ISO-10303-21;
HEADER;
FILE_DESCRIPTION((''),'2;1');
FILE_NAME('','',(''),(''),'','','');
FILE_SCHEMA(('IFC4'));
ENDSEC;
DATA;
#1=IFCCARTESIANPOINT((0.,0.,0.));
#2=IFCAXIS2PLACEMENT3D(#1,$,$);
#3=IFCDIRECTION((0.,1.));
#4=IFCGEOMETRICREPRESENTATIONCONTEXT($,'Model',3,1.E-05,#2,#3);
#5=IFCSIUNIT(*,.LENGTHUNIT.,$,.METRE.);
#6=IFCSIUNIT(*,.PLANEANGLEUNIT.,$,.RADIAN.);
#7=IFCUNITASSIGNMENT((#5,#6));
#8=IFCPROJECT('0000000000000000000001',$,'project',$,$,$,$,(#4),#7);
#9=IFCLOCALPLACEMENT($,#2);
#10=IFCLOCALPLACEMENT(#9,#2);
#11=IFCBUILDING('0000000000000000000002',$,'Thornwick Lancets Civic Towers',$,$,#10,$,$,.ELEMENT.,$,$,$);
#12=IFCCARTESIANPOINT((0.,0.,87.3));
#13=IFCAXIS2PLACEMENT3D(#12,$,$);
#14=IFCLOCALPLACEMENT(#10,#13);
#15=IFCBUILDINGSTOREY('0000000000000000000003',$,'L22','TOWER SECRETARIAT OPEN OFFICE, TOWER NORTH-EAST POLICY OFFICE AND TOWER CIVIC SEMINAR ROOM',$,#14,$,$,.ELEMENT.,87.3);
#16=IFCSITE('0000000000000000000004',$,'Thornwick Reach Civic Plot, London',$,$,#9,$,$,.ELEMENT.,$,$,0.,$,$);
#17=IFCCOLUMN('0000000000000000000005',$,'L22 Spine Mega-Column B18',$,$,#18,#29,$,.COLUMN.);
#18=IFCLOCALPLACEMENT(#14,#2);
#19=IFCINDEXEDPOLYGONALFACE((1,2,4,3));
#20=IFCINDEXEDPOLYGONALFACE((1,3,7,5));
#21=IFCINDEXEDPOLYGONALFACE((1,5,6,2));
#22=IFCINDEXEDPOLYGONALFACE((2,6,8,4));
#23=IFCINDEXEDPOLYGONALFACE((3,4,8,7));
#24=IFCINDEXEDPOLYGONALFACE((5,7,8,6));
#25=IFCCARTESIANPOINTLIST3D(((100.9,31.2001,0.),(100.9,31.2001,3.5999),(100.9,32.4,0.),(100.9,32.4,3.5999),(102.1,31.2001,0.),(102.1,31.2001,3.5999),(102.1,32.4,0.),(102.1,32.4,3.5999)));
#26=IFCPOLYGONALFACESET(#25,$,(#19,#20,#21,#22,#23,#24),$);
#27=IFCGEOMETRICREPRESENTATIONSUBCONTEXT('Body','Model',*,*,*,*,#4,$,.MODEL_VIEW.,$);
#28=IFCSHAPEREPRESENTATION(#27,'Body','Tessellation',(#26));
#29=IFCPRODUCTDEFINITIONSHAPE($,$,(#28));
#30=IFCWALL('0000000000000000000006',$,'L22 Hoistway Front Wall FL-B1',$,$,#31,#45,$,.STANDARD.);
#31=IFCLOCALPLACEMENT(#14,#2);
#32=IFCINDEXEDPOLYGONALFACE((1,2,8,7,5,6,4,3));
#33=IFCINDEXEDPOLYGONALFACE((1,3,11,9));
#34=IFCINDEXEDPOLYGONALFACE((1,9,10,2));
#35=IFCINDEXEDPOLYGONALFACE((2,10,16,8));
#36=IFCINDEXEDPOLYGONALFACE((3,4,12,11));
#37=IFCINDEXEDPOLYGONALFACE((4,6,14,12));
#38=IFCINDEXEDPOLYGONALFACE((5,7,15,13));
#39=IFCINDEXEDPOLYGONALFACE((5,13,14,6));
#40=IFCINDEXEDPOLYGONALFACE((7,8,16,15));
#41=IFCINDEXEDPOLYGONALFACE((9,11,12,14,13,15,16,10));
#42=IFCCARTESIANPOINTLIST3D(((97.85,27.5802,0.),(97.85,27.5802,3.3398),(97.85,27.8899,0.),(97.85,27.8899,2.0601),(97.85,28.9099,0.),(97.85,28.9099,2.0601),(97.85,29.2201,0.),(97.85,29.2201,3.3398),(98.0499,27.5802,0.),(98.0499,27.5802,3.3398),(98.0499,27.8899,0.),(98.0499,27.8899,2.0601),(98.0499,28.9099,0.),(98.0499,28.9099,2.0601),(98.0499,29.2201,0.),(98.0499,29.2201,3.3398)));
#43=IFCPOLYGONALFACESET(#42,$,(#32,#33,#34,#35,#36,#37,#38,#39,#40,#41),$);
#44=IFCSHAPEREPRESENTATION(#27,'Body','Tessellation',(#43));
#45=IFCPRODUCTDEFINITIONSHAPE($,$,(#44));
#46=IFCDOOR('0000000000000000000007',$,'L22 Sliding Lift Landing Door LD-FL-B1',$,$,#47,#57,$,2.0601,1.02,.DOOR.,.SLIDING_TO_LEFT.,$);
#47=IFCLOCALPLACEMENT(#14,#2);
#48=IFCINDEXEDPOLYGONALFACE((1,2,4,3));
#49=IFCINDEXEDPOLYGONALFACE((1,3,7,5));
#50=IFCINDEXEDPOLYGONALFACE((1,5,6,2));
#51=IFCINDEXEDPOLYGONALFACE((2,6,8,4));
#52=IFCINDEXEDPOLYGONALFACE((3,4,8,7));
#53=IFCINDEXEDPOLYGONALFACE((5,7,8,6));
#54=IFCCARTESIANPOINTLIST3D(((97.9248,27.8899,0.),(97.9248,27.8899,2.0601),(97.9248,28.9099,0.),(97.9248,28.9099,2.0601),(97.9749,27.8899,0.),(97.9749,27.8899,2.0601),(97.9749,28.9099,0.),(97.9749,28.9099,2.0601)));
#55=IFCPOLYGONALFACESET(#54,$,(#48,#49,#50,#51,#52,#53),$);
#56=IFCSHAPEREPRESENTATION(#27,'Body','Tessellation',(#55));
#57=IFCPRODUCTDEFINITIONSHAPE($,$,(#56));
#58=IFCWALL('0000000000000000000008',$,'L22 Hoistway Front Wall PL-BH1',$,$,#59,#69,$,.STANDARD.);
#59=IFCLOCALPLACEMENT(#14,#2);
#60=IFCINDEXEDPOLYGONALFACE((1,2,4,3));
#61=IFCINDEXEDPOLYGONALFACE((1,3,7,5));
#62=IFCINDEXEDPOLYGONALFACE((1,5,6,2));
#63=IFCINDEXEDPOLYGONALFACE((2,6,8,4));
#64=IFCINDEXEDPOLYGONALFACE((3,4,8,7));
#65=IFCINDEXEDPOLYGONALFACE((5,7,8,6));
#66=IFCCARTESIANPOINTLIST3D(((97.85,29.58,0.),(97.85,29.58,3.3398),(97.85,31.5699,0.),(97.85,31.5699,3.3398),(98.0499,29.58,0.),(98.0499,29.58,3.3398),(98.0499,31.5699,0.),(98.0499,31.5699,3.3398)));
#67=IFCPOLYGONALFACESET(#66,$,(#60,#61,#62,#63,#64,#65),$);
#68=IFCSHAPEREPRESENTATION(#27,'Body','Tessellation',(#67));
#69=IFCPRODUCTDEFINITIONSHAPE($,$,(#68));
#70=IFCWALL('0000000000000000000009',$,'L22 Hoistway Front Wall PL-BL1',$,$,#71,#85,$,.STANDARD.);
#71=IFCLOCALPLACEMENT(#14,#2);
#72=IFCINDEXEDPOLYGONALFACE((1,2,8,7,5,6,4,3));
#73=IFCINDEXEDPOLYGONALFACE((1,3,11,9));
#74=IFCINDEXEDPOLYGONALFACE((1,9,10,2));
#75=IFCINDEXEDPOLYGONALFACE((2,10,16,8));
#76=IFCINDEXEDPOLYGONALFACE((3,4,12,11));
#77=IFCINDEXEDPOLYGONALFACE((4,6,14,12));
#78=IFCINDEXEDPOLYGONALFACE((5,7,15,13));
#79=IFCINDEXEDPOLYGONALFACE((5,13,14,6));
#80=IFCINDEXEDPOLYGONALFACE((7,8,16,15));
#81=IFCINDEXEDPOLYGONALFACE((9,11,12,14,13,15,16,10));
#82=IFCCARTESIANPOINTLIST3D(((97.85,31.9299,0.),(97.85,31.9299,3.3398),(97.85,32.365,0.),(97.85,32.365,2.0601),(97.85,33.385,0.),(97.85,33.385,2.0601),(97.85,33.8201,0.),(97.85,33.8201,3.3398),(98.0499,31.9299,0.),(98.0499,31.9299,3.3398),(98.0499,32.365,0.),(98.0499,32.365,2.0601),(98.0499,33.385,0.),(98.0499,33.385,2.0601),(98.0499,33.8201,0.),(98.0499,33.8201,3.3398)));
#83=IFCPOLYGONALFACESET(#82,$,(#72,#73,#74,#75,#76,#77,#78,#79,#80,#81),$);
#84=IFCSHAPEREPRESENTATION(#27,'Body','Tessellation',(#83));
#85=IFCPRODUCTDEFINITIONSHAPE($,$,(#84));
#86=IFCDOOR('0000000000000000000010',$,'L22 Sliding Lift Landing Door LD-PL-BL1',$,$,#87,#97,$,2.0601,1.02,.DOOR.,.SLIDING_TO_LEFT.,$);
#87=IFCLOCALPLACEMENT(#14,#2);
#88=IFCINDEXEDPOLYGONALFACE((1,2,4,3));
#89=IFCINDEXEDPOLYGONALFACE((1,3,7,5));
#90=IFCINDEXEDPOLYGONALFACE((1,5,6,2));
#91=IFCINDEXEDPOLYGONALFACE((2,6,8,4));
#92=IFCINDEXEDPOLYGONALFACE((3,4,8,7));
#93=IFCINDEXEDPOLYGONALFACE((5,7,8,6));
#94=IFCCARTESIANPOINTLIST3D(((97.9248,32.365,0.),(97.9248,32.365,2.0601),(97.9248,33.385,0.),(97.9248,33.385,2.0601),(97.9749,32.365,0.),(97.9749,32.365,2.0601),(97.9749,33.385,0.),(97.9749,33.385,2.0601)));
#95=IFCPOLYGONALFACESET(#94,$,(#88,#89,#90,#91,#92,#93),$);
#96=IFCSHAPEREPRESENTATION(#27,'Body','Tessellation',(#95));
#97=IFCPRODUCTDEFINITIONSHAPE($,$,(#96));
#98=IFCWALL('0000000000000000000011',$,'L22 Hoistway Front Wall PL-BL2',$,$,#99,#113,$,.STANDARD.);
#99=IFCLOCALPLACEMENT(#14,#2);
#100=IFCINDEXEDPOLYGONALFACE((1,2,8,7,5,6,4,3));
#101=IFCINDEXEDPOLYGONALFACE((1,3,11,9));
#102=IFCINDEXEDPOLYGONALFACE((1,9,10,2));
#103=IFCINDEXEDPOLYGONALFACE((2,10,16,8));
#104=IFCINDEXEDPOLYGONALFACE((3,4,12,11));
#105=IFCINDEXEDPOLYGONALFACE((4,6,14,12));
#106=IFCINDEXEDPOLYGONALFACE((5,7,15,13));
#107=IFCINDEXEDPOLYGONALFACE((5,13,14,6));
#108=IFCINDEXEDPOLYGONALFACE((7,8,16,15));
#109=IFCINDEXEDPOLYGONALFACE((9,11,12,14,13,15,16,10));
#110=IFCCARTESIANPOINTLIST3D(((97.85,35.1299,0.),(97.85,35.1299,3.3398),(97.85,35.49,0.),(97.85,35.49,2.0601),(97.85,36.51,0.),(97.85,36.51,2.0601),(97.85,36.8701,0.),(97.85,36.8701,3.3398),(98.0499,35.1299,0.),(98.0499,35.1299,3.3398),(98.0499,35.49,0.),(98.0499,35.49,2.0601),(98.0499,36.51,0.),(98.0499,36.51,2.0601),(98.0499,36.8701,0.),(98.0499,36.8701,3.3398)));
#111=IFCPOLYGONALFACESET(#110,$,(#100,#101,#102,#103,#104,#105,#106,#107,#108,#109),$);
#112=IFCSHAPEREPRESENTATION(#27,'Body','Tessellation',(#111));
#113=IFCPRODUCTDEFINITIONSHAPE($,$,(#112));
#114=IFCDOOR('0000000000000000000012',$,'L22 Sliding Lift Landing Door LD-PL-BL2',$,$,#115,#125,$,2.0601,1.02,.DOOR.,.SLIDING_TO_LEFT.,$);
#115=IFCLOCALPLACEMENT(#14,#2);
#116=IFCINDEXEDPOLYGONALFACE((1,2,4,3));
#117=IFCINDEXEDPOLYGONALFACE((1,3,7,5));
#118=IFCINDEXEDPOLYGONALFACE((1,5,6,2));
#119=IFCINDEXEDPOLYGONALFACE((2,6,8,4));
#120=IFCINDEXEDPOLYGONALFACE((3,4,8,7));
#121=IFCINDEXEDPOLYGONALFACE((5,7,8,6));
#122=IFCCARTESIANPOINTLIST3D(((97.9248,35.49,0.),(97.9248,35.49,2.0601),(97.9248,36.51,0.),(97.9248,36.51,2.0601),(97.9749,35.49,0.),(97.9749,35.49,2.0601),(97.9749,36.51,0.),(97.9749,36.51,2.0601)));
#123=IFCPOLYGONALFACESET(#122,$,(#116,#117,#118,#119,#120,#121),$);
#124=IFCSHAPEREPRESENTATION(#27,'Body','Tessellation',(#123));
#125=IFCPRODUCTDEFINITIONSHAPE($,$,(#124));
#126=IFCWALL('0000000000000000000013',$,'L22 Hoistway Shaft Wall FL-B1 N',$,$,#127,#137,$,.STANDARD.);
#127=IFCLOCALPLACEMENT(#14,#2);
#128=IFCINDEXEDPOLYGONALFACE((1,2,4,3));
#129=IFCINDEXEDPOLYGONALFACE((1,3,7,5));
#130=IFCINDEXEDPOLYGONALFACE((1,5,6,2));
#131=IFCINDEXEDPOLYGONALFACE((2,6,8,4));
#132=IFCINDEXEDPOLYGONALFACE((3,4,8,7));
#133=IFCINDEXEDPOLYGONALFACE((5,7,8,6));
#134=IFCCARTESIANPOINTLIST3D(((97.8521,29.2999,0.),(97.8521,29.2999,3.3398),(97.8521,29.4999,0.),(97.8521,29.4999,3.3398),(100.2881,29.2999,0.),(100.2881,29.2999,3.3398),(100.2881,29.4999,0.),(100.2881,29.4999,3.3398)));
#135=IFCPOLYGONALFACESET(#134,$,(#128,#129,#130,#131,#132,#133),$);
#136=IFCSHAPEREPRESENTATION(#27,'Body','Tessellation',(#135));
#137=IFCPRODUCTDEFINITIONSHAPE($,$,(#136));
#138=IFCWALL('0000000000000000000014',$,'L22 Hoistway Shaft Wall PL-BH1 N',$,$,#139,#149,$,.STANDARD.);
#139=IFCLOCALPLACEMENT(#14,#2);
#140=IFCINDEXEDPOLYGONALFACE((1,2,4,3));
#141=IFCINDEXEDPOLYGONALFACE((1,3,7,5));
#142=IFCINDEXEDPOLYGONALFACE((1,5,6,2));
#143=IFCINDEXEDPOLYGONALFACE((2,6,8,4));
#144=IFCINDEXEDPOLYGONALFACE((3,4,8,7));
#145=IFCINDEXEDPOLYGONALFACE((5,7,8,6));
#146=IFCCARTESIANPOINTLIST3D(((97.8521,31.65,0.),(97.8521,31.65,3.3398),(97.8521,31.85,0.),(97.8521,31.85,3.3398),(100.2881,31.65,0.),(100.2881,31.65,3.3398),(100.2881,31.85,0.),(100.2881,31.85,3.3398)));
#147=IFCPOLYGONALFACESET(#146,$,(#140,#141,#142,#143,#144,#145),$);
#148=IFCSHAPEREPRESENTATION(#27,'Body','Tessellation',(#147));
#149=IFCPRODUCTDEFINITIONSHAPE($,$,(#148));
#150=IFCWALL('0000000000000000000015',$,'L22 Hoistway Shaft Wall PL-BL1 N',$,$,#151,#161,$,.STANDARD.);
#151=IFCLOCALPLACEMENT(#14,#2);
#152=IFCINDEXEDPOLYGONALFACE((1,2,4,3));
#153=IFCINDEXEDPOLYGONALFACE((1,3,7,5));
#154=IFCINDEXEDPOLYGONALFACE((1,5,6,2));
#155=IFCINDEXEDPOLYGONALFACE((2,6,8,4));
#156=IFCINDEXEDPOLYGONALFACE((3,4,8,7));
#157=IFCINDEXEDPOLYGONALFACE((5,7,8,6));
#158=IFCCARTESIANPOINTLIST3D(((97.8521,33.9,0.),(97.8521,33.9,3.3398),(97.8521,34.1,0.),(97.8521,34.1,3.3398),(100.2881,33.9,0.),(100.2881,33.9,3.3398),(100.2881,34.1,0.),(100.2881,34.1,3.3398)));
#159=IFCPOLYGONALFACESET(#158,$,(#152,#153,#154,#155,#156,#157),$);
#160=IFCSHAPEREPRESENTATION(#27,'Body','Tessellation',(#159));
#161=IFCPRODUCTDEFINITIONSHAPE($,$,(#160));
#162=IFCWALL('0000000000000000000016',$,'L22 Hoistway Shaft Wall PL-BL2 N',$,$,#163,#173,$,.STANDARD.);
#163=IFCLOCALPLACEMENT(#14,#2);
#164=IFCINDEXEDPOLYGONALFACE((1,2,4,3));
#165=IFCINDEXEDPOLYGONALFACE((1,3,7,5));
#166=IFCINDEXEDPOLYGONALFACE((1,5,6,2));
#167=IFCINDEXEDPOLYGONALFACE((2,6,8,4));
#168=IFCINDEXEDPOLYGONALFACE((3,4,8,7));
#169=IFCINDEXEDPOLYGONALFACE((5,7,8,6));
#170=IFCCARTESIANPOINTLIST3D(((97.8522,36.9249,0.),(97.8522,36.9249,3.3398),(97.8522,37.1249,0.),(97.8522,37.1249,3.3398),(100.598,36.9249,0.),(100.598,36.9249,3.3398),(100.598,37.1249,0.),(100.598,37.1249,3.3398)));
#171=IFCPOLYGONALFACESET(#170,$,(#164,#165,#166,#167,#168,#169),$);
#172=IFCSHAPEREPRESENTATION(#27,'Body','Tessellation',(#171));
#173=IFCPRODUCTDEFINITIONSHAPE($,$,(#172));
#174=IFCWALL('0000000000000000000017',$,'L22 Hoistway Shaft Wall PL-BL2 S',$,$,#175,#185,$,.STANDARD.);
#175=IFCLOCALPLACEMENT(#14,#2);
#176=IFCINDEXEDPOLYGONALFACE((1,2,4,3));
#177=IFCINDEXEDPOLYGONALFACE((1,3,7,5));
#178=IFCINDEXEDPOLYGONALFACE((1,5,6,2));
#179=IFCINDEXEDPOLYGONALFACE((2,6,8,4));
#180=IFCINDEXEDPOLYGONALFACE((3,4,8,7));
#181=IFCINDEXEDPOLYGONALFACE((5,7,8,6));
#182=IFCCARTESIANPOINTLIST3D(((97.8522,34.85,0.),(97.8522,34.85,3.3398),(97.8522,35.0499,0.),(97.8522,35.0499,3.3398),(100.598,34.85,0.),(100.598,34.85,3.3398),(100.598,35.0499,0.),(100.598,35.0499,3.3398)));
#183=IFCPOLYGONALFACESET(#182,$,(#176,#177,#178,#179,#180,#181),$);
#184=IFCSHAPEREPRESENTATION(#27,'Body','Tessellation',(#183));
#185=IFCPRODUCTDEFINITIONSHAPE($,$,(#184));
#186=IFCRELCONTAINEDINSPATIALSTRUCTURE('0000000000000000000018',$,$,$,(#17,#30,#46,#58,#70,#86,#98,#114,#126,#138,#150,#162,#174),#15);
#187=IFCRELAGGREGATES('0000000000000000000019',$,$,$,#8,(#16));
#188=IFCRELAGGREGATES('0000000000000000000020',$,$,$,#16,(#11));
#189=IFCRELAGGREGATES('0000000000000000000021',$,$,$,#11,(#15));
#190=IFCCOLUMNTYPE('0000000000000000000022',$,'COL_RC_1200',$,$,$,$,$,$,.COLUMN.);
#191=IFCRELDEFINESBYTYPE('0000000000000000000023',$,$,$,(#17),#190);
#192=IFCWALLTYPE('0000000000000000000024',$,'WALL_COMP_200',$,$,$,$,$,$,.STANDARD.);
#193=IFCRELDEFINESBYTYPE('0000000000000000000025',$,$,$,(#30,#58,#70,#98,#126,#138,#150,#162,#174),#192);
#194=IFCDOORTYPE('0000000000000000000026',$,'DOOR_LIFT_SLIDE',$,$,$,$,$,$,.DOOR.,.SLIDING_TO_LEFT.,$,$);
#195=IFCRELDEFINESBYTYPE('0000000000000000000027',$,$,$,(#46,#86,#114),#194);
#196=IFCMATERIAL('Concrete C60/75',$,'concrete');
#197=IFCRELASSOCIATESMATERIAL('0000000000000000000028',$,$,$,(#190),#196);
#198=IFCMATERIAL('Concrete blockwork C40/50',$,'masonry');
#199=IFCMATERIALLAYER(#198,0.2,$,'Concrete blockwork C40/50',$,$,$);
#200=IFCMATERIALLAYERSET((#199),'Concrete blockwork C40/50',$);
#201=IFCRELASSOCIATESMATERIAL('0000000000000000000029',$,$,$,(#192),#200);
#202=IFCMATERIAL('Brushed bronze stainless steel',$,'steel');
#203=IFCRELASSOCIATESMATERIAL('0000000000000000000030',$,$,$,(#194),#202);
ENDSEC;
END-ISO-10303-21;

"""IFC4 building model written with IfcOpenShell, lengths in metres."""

from ifc_helpers import new_model, si_unit, direction, frame, frame_2d, origin, origin_2d, place, context, subcontext, project, spatial, rectangle, extrude, material, layer, layer_set, material_profile, profile_set, type_object, element, fill, save


model = new_model("IFC4")

# Units and contexts
model_context = context("Model", 3, precision=1e-05, world=origin(), true_north=direction((0.0, 1.0)))
body_context = subcontext(model_context, "Body", "Model", "MODEL_VIEW")
ifc_project = project(units=[si_unit("LENGTHUNIT", "METRE"), si_unit("PLANEANGLEUNIT", "RADIAN")], contexts=[model_context])

# Site, building, storey
site_placement = place(None, origin())
site = spatial("IfcSite", under=ifc_project, at=site_placement, Name="Thornwick Reach Civic Plot, London", CompositionType="ELEMENT", RefElevation=0.0)
building_placement = place(site_placement, origin())
building = spatial("IfcBuilding", under=site, at=building_placement, Name="Thornwick Lancets Civic Towers", CompositionType="ELEMENT")
storey_placement = place(building_placement, frame((0.0, 0.0, 87.3)))
storey = spatial("IfcBuildingStorey", under=building, at=storey_placement, Name="L22", Description="TOWER SECRETARIAT OPEN OFFICE, TOWER NORTH-EAST POLICY OFFICE AND TOWER CIVIC SEMINAR ROOM", CompositionType="ELEMENT", Elevation=87.3)

# Column
ifc_material_1 = material(Name="Concrete C60/75", Category="concrete")
ifc_material_profile = material_profile(ifc_material_1, rectangle(XDim=1.2, YDim=1.2, at=origin_2d()), Name="RC 1200x1200")
ifc_profile_set = profile_set([ifc_material_profile], Name="Concrete C60/75")
column_type = type_object("IfcColumnType", Name="COL_RC_1200", PredefinedType="COLUMN", material=ifc_profile_set)
column_placement = place(storey_placement, frame((101.5, 31.8, 0.0), z_axis=(0.0, 0.0, 1.0), x_axis=(1.0, 0.0, 0.0)))
element("IfcColumn", 1, at=column_placement, inside=storey, type_object=column_type, Name="L22 Spine Mega-Column B18", PredefinedType="COLUMN", context=body_context, shape_type="SweptSolid", body=[
    extrude(rectangle(XDim=1.2, YDim=1.2, at=origin_2d()), origin(), (0.0, 0.0, 1.0), 3.5999),
])

# Wall, opening, door
ifc_material_2 = material(Name="Concrete blockwork C40/50", Category="masonry")
ifc_layer_1 = layer(ifc_material_2, 0.2, Name="Concrete blockwork C40/50")
ifc_layer_set_1 = layer_set([ifc_layer_1], Name="Concrete blockwork C40/50")
wall_type_1 = type_object("IfcWallType", Name="WALL_COMP_200", PredefinedType="STANDARD", material=ifc_layer_set_1)
wall_1_placement = place(storey_placement, frame((97.95, 29.22, 0.0), z_axis=(0.0, 0.0, 1.0), x_axis=(0.0, -1.0, 0.0)))
wall_1 = element("IfcWall", 2, at=wall_1_placement, inside=storey, type_object=wall_type_1, Name="L22 Hoistway Front Wall FL-B1", PredefinedType="STANDARD", context=body_context, shape_type="SweptSolid", body=[
    extrude(rectangle(XDim=1.6399, YDim=0.2, at=frame_2d((0.8198, 0.0))), origin(), (0.0, 0.0, 1.0), 3.3398),
])
opening_1_placement = place(wall_1_placement, frame((0.3101, 0.0, 0.0)))
opening_1 = element("IfcOpeningElement", 3, at=opening_1_placement, cuts=wall_1, PredefinedType="OPENING", context=body_context, shape_type="SweptSolid", body=[
    extrude(rectangle(XDim=1.02, YDim=2.0601, at=frame_2d((0.51, 1.03))), frame((0.0, 0.1099, 0.0), z_axis=(0.0, -1.0, 0.0), x_axis=(1.0, 0.0, 0.0)), (0.0, 0.0, 1.0), 0.22),
])
ifc_material_3 = material(Name="Brushed bronze stainless steel", Category="steel")
door_type = type_object("IfcDoorType", Name="DOOR_LIFT_SLIDE", OperationType="SLIDING_TO_LEFT", PredefinedType="DOOR", material=ifc_material_3)
door_1_placement = place(opening_1_placement, origin())
door_1 = element("IfcDoor", 4, at=door_1_placement, inside=storey, type_object=door_type, Name="L22 Sliding Lift Landing Door LD-FL-B1", OperationType="SLIDING_TO_LEFT", OverallHeight=2.0601, OverallWidth=1.02, PredefinedType="DOOR", context=body_context, shape_type="SweptSolid", body=[
    extrude(rectangle(XDim=1.02, YDim=2.0601, at=frame_2d((0.51, 1.03))), frame((0.0, 0.0249, 0.0), z_axis=(0.0, -1.0, 0.0), x_axis=(1.0, 0.0, 0.0)), (0.0, 0.0, 1.0), 0.05),
])
fill(opening_1, door_1)

# Wall
wall_2_placement = place(storey_placement, frame((97.95, 31.5701, 0.0), z_axis=(0.0, 0.0, 1.0), x_axis=(0.0, -1.0, 0.0)))
element("IfcWall", 5, at=wall_2_placement, inside=storey, type_object=wall_type_1, Name="L22 Hoistway Front Wall PL-BH1", PredefinedType="STANDARD", context=body_context, shape_type="SweptSolid", body=[
    extrude(rectangle(XDim=1.99, YDim=0.2, at=frame_2d((0.9951, 0.0))), origin(), (0.0, 0.0, 1.0), 3.3398),
])

# Walls, openings, doors
wall_3_placement = place(storey_placement, frame((97.95, 33.8201, 0.0), z_axis=(0.0, 0.0, 1.0), x_axis=(0.0, -1.0, 0.0)))
wall_3 = element("IfcWall", 6, at=wall_3_placement, inside=storey, type_object=wall_type_1, Name="L22 Hoistway Front Wall PL-BL1", PredefinedType="STANDARD", context=body_context, shape_type="SweptSolid", body=[
    extrude(rectangle(XDim=1.8901, YDim=0.2, at=frame_2d((0.9451, 0.0))), origin(), (0.0, 0.0, 1.0), 3.3398),
])
opening_2_placement = place(wall_3_placement, frame((0.4351, 0.0, 0.0)))
opening_2 = element("IfcOpeningElement", 7, at=opening_2_placement, cuts=wall_3, PredefinedType="OPENING", context=body_context, shape_type="SweptSolid", body=[
    extrude(rectangle(XDim=1.02, YDim=2.0601, at=frame_2d((0.51, 1.03))), frame((0.0, 0.1099, 0.0), z_axis=(0.0, -1.0, 0.0), x_axis=(1.0, 0.0, 0.0)), (0.0, 0.0, 1.0), 0.22),
])
door_2_placement = place(opening_2_placement, origin())
door_2 = element("IfcDoor", 8, at=door_2_placement, inside=storey, type_object=door_type, Name="L22 Sliding Lift Landing Door LD-PL-BL1", OperationType="SLIDING_TO_LEFT", OverallHeight=2.0601, OverallWidth=1.02, PredefinedType="DOOR", context=body_context, shape_type="SweptSolid", body=[
    extrude(rectangle(XDim=1.02, YDim=2.0601, at=frame_2d((0.51, 1.03))), frame((0.0, 0.0249, 0.0), z_axis=(0.0, -1.0, 0.0), x_axis=(1.0, 0.0, 0.0)), (0.0, 0.0, 1.0), 0.05),
])
fill(opening_2, door_2)
wall_4_placement = place(storey_placement, frame((97.95, 36.8701, 0.0), z_axis=(0.0, 0.0, 1.0), x_axis=(0.0, -1.0, 0.0)))
wall_4 = element("IfcWall", 9, at=wall_4_placement, inside=storey, type_object=wall_type_1, Name="L22 Hoistway Front Wall PL-BL2", PredefinedType="STANDARD", context=body_context, shape_type="SweptSolid", body=[
    extrude(rectangle(XDim=1.7402, YDim=0.2, at=frame_2d((0.8701, 0.0))), origin(), (0.0, 0.0, 1.0), 3.3398),
])
opening_3_placement = place(wall_4_placement, frame((0.3601, 0.0, 0.0)))
opening_3 = element("IfcOpeningElement", 10, at=opening_3_placement, cuts=wall_4, PredefinedType="OPENING", context=body_context, shape_type="SweptSolid", body=[
    extrude(rectangle(XDim=1.02, YDim=2.0601, at=frame_2d((0.51, 1.03))), frame((0.0, 0.1099, 0.0), z_axis=(0.0, -1.0, 0.0), x_axis=(1.0, 0.0, 0.0)), (0.0, 0.0, 1.0), 0.22),
])
door_3_placement = place(opening_3_placement, origin())
door_3 = element("IfcDoor", 11, at=door_3_placement, inside=storey, type_object=door_type, Name="L22 Sliding Lift Landing Door LD-PL-BL2", OperationType="SLIDING_TO_LEFT", OverallHeight=2.0601, OverallWidth=1.02, PredefinedType="DOOR", context=body_context, shape_type="SweptSolid", body=[
    extrude(rectangle(XDim=1.02, YDim=2.0601, at=frame_2d((0.51, 1.03))), frame((0.0, 0.0249, 0.0), z_axis=(0.0, -1.0, 0.0), x_axis=(1.0, 0.0, 0.0)), (0.0, 0.0, 1.0), 0.05),
])
fill(opening_3, door_3)

# Walls
for number, where, z_axis, x_axis, name in (
    (12, (97.8521, 29.3999, 0.0), (0.0, 0.0, 1.0), (1.0, 0.0, 0.0), "L22 Hoistway Shaft Wall FL-B1 N"),
    (13, (97.8521, 31.75, 0.0), (0.0, 0.0, 1.0), (1.0, 0.0, 0.0), "L22 Hoistway Shaft Wall PL-BH1 N"),
    (14, (97.8521, 34.0, 0.0), (0.0, 0.0, 1.0), (1.0, 0.0, 0.0), "L22 Hoistway Shaft Wall PL-BL1 N"),
):
    element("IfcWall", number, at=place(storey_placement, frame(where, z_axis=z_axis, x_axis=x_axis)), inside=storey, type_object=wall_type_1, Name=name, PredefinedType="STANDARD", context=body_context, shape_type="SweptSolid", body=[
        extrude(rectangle(XDim=2.436, YDim=0.2, at=frame_2d((1.218, 0.0))), origin(), (0.0, 0.0, 1.0), 3.3398),
    ])
for number, where, z_axis, x_axis, name in (
    (15, (97.8521, 37.0249, 0.0), (0.0, 0.0, 1.0), (1.0, 0.0, 0.0), "L22 Hoistway Shaft Wall PL-BL2 N"),
    (16, (97.8521, 34.95, 0.0), (0.0, 0.0, 1.0), (1.0, 0.0, 0.0), "L22 Hoistway Shaft Wall PL-BL2 S"),
):
    element("IfcWall", number, at=place(storey_placement, frame(where, z_axis=z_axis, x_axis=x_axis)), inside=storey, type_object=wall_type_1, Name=name, PredefinedType="STANDARD", context=body_context, shape_type="SweptSolid", body=[
        extrude(rectangle(XDim=2.7458, YDim=0.2, at=frame_2d((1.373, 0.0))), origin(), (0.0, 0.0, 1.0), 3.3398),
    ])

save(model, "model.ifc")
